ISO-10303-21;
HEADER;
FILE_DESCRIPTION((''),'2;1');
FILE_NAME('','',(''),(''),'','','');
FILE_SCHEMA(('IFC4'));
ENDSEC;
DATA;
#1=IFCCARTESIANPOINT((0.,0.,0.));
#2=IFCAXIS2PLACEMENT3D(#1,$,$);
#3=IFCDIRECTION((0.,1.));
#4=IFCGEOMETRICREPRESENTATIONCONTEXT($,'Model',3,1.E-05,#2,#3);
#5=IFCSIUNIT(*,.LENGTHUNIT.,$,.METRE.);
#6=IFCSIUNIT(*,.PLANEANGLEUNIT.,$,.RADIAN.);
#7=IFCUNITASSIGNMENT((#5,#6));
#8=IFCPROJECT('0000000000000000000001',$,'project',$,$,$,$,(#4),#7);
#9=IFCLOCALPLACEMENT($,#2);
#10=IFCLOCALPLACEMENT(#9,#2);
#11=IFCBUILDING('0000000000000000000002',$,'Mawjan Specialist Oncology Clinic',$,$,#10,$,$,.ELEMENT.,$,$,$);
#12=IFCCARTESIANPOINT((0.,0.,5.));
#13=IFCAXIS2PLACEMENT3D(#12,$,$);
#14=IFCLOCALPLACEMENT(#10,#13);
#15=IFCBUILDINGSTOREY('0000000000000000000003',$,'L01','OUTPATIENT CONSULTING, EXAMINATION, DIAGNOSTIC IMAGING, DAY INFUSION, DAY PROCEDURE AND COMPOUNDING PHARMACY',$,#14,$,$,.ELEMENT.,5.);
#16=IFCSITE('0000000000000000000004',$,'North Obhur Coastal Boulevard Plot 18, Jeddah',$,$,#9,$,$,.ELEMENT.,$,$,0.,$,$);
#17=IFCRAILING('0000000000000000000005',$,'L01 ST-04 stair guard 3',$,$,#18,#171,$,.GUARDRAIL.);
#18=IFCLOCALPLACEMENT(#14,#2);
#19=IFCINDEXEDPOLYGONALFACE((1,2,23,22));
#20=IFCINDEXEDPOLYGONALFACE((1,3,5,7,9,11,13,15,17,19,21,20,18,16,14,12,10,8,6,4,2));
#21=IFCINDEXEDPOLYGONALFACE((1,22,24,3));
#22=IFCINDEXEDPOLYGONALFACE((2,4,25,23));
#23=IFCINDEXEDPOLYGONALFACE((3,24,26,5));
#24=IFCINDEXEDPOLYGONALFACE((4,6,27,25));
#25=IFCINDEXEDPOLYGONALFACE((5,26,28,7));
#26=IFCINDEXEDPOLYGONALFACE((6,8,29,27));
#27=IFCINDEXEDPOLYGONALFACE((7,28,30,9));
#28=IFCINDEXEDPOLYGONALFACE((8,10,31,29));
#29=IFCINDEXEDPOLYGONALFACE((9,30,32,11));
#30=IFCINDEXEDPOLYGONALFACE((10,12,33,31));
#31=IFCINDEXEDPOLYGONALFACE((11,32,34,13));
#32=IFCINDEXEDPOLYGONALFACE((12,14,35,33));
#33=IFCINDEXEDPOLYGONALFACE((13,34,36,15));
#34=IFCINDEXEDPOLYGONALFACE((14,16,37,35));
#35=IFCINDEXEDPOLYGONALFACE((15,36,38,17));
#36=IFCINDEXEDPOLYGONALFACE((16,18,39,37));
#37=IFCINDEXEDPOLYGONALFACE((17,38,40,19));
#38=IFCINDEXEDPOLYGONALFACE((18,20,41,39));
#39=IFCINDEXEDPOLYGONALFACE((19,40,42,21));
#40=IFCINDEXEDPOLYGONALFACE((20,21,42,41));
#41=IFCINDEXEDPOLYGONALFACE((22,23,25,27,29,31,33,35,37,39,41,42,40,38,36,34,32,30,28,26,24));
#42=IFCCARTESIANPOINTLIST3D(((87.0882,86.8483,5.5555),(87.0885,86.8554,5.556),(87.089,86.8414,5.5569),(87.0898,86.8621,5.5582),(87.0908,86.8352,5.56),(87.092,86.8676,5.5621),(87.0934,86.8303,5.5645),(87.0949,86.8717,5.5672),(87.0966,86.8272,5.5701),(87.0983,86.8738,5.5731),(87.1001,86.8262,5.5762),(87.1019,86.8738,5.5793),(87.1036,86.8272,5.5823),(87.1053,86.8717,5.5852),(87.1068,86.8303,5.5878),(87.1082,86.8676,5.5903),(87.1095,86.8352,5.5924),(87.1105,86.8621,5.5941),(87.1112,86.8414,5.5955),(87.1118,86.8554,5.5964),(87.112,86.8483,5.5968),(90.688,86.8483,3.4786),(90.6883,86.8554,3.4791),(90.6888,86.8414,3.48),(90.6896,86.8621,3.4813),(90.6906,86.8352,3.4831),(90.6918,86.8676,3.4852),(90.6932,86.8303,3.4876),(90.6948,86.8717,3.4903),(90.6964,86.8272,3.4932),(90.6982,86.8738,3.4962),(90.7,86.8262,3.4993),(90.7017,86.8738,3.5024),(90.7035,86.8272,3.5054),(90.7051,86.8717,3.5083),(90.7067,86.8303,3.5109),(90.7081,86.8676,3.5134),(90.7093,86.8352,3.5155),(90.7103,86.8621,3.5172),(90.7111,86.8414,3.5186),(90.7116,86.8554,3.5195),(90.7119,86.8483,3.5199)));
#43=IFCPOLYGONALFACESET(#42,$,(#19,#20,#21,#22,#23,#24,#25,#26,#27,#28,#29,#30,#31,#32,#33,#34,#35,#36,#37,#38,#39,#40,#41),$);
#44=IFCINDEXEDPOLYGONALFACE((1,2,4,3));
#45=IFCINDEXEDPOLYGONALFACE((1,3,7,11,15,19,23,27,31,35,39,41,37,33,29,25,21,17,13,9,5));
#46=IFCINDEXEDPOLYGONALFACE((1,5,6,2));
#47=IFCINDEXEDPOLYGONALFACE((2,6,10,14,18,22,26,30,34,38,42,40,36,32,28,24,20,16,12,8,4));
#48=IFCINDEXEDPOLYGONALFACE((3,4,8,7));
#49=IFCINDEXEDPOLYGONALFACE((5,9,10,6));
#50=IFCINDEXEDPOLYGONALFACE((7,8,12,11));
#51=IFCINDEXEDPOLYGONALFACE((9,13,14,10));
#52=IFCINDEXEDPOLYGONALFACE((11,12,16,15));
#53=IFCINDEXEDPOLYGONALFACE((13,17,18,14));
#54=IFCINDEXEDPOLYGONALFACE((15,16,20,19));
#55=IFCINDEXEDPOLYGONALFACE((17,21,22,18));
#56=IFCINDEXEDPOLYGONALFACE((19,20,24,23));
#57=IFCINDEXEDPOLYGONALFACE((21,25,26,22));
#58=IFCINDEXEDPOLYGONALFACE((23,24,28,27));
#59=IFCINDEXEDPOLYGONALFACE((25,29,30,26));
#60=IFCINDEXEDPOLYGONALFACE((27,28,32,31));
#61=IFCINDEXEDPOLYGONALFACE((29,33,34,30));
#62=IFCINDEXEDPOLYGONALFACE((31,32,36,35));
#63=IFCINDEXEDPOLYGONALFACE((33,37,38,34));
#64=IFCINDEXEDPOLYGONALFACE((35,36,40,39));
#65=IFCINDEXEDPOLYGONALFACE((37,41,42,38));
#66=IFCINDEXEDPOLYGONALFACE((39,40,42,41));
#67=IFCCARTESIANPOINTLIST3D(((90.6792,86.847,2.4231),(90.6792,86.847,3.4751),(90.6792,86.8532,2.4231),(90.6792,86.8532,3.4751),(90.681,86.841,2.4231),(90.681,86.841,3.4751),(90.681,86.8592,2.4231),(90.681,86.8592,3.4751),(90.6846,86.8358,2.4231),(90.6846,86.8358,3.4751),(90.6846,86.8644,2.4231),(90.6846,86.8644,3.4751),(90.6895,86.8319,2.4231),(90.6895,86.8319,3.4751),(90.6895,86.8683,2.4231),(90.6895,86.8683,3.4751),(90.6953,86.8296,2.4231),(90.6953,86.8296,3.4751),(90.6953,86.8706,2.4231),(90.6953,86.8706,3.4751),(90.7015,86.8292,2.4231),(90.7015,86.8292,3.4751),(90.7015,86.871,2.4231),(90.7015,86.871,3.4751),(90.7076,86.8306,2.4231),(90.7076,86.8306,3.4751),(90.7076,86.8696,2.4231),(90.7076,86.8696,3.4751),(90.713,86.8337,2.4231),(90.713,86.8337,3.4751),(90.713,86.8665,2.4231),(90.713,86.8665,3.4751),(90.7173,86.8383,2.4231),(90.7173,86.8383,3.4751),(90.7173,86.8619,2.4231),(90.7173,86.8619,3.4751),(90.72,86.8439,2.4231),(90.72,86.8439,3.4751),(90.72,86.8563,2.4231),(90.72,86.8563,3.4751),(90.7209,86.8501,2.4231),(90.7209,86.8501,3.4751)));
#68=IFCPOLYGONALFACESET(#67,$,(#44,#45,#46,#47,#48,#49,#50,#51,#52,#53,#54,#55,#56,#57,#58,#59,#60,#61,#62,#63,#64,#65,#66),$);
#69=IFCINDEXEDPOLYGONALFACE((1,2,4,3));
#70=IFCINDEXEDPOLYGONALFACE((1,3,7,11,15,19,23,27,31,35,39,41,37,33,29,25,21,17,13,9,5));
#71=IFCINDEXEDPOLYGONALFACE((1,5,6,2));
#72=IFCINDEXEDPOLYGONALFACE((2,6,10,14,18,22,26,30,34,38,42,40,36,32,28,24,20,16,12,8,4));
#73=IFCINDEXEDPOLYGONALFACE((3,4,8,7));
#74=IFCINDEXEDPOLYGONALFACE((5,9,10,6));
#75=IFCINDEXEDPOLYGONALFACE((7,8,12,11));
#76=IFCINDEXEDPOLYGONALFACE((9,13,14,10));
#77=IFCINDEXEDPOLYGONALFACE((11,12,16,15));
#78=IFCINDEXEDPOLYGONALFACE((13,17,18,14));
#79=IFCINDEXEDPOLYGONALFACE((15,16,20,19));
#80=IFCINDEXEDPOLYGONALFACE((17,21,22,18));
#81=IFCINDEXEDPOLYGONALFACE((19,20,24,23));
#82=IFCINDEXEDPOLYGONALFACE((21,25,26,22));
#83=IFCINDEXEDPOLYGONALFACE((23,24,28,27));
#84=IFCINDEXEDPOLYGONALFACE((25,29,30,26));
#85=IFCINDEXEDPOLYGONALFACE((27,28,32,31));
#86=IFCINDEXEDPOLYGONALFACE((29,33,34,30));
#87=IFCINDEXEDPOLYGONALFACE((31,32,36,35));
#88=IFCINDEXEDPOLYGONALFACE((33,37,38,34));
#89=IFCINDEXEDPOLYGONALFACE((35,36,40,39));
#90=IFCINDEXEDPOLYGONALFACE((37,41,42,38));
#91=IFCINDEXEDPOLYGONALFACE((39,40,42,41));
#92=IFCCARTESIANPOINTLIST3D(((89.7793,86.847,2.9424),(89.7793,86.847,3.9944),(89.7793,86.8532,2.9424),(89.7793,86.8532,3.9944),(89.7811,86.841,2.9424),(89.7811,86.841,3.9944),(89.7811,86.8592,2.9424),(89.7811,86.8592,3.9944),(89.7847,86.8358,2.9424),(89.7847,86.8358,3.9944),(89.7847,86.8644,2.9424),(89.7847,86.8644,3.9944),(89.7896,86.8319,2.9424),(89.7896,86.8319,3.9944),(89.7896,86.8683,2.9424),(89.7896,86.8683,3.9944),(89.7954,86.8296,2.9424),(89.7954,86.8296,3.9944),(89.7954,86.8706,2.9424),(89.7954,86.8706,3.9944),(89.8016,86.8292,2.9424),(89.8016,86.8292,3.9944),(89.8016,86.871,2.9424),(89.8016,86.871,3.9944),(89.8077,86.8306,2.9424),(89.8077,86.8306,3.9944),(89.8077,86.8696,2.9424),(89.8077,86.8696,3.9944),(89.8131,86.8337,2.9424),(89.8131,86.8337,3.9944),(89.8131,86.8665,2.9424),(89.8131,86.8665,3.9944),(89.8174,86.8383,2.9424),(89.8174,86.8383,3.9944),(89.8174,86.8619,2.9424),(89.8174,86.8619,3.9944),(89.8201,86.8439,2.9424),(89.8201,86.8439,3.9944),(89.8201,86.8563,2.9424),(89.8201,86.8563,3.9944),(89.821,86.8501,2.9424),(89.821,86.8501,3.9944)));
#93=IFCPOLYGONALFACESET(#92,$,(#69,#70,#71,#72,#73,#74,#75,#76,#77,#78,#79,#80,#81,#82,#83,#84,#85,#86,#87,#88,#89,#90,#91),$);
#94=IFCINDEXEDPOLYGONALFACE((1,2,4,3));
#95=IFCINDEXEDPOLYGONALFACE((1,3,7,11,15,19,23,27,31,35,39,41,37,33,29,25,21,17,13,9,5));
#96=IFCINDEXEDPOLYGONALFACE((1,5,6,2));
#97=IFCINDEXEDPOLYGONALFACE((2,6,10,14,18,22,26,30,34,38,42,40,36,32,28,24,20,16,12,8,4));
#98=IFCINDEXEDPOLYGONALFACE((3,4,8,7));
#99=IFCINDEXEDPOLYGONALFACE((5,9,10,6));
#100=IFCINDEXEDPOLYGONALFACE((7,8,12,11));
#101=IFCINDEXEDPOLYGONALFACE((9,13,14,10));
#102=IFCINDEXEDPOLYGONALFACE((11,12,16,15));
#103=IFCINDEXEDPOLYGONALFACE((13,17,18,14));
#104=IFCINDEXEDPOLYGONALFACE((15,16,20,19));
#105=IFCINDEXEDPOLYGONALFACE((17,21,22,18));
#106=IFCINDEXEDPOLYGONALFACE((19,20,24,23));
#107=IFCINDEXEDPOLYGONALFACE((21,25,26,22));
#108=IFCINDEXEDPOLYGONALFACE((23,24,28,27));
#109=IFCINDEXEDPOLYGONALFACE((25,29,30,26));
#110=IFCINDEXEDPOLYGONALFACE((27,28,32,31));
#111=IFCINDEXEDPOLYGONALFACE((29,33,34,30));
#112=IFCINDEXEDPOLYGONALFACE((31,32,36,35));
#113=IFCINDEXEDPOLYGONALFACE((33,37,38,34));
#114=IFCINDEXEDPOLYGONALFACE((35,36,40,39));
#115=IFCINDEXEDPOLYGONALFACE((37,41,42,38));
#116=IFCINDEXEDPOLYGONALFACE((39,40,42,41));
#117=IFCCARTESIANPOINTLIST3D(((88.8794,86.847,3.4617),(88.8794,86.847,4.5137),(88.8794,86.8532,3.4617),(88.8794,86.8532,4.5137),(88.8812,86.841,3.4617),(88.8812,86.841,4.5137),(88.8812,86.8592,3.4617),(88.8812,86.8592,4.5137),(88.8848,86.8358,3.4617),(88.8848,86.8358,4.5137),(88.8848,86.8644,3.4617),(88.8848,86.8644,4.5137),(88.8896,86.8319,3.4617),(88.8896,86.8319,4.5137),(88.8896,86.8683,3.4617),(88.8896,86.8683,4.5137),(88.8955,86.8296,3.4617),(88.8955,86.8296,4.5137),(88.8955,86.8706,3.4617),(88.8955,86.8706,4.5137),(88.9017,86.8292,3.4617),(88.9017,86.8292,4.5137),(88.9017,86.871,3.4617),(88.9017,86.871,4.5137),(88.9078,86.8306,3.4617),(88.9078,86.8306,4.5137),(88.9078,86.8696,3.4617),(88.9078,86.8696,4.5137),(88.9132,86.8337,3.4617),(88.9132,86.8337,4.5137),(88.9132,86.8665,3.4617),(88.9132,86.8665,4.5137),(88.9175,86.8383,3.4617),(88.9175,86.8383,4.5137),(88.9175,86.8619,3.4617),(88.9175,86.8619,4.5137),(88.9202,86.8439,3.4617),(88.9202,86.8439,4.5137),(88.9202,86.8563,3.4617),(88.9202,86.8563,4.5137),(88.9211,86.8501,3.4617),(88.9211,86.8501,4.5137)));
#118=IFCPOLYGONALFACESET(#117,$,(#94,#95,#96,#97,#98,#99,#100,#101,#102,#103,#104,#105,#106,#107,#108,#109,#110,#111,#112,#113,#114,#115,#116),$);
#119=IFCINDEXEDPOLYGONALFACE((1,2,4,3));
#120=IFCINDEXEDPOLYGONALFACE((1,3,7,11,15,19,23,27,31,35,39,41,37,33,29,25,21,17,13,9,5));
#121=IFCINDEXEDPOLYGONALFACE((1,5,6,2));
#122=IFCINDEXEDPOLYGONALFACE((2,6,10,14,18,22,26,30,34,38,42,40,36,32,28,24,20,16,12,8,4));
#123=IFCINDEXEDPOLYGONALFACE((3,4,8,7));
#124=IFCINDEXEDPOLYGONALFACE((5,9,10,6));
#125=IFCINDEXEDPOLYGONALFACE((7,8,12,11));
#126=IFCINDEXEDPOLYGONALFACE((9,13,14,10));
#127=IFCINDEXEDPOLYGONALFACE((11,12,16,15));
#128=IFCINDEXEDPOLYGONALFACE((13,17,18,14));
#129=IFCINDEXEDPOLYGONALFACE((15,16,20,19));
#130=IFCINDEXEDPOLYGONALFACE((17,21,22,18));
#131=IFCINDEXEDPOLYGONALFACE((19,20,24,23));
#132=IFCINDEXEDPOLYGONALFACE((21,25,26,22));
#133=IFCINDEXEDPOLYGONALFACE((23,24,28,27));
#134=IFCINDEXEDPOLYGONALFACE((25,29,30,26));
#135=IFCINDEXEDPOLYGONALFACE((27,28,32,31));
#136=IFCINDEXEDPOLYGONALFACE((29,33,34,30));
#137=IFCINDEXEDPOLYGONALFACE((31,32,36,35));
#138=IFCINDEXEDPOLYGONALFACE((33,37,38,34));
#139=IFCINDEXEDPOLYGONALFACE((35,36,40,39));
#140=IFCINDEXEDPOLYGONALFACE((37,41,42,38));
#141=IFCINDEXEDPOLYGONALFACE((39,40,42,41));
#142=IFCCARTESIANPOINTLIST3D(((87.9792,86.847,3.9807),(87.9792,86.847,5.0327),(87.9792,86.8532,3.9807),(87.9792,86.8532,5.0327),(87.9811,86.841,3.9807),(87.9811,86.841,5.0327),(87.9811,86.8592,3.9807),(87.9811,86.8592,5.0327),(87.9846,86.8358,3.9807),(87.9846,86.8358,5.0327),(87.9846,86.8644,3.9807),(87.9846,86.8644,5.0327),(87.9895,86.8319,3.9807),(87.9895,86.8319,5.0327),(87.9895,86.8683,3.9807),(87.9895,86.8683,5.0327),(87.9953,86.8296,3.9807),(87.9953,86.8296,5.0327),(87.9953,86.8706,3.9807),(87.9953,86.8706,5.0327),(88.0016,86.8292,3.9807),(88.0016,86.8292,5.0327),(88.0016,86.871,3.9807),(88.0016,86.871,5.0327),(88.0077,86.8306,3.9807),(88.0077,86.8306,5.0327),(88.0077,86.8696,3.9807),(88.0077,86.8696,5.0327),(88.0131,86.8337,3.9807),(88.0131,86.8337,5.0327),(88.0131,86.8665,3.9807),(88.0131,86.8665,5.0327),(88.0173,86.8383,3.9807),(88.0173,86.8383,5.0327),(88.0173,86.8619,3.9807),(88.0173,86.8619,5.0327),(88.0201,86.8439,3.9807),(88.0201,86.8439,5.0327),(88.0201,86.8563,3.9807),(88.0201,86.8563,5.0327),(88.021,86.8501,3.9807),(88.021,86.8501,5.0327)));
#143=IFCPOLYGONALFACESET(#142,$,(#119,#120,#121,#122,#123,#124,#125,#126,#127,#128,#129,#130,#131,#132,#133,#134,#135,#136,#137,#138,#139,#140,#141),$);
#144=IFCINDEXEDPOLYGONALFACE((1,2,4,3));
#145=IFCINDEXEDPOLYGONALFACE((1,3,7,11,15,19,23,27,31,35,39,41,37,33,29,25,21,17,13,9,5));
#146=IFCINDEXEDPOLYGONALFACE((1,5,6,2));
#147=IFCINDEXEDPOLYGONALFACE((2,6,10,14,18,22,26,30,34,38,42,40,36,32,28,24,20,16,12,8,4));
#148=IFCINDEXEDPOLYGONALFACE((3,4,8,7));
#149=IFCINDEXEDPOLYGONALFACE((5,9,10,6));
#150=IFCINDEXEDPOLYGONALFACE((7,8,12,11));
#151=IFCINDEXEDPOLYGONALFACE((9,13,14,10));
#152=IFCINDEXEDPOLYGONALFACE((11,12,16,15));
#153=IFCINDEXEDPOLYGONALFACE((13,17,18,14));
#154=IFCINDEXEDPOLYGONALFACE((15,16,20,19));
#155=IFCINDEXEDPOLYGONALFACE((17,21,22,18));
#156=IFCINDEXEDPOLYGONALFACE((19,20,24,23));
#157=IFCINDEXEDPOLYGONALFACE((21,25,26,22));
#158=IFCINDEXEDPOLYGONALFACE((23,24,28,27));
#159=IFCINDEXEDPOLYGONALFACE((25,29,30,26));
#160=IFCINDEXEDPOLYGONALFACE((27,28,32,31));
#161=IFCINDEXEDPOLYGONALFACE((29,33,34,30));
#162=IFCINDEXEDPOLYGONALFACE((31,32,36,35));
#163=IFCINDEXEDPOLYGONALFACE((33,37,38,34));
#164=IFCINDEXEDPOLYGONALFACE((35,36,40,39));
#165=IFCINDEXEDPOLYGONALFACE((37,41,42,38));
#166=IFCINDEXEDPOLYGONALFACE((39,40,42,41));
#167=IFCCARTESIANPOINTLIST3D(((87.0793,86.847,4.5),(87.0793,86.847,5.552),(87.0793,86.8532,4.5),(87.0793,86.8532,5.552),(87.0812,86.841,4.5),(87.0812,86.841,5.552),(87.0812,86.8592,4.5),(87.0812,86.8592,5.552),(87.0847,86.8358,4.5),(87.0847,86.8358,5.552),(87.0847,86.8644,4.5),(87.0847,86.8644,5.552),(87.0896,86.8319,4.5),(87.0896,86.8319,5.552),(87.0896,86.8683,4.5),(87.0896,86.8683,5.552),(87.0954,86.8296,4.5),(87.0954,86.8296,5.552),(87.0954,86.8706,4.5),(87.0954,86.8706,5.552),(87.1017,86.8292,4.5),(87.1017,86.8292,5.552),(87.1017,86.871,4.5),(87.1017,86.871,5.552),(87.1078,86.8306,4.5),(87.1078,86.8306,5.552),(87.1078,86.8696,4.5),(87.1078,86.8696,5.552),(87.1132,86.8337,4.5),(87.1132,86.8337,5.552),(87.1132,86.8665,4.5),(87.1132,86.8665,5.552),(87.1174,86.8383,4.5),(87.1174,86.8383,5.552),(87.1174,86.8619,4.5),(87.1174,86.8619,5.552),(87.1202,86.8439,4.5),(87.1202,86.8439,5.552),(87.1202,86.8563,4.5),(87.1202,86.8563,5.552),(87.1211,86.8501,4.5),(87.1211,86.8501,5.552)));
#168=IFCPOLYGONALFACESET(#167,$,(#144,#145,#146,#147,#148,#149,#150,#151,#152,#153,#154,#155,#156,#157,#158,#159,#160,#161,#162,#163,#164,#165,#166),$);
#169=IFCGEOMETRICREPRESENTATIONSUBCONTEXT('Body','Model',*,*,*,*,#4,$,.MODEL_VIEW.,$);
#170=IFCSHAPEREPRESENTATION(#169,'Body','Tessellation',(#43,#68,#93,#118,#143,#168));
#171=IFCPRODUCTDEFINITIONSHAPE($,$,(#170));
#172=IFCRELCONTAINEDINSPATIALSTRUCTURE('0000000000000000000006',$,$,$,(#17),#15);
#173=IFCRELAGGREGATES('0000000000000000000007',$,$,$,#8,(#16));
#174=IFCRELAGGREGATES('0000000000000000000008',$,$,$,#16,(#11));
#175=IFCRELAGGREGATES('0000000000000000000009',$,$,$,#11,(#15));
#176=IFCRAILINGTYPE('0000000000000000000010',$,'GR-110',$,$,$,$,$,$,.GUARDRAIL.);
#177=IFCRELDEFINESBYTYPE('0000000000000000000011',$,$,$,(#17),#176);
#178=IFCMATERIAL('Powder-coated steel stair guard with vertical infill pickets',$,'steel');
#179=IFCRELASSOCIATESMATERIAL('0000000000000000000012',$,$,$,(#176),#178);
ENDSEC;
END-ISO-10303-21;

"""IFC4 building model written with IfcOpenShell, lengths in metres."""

from ifc_helpers import new_model, si_unit, direction, frame, origin, origin_2d, place, context, subcontext, project, spatial, circle, extrude, material, type_object, element, save


model = new_model("IFC4")

# Units and contexts
model_context = context("Model", 3, precision=1e-05, world=origin(), true_north=direction((0.0, 1.0)))
body_context = subcontext(model_context, "Body", "Model", "MODEL_VIEW")
ifc_project = project(units=[si_unit("LENGTHUNIT", "METRE"), si_unit("PLANEANGLEUNIT", "RADIAN")], contexts=[model_context])

# Site, building, storey
site_placement = place(None, origin())
site = spatial("IfcSite", under=ifc_project, at=site_placement, Name="North Obhur Coastal Boulevard Plot 18, Jeddah", CompositionType="ELEMENT", RefElevation=0.0)
building_placement = place(site_placement, origin())
building = spatial("IfcBuilding", under=site, at=building_placement, Name="Mawjan Specialist Oncology Clinic", CompositionType="ELEMENT")
storey_placement = place(building_placement, frame((0.0, 0.0, 5.0)))
storey = spatial("IfcBuildingStorey", under=building, at=storey_placement, Name="L01", Description="OUTPATIENT CONSULTING, EXAMINATION, DIAGNOSTIC IMAGING, DAY INFUSION, DAY PROCEDURE AND COMPOUNDING PHARMACY", CompositionType="ELEMENT", Elevation=5.0)

# Railing
ifc_material_1 = material(Name="Powder-coated steel stair guard with vertical infill pickets", Category="steel")
railing_type_1 = type_object("IfcRailingType", Name="GR-110", PredefinedType="GUARDRAIL", material=ifc_material_1)
railing_1_placement = place(storey_placement, frame((90.7, 86.8501, 2.4231)))
element("IfcRailing", 1, at=railing_1_placement, inside=storey, type_object=railing_type_1, Name="L01 ST-04 stair guard 3", PredefinedType="GUARDRAIL", context=body_context, shape_type="SweptSolid", body=[
    extrude(circle(Radius=0.0239, at=origin_2d()), frame((0.0, 0.0, 1.0762), z_axis=(-0.866179, 0.0, 0.499734), x_axis=(0.0, -1.0, 0.0)), (0.0, 0.0, 1.0), 4.156),
    extrude(circle(Radius=0.021, at=origin_2d()), origin(), (0.0, 0.0, 1.0), 1.052),
    extrude(circle(Radius=0.021, at=origin_2d()), frame((-0.8999, 0.0, 0.5193)), (0.0, 0.0, 1.0), 1.052),
    extrude(circle(Radius=0.021, at=origin_2d()), frame((-1.7998, 0.0, 1.0386)), (0.0, 0.0, 1.0), 1.052),
    extrude(circle(Radius=0.021, at=origin_2d()), frame((-2.7, 0.0, 1.5576)), (0.0, 0.0, 1.0), 1.052),
    extrude(circle(Radius=0.021, at=origin_2d()), frame((-3.5999, 0.0, 2.0769)), (0.0, 0.0, 1.0), 1.052),
])

save(model, "model.ifc")
